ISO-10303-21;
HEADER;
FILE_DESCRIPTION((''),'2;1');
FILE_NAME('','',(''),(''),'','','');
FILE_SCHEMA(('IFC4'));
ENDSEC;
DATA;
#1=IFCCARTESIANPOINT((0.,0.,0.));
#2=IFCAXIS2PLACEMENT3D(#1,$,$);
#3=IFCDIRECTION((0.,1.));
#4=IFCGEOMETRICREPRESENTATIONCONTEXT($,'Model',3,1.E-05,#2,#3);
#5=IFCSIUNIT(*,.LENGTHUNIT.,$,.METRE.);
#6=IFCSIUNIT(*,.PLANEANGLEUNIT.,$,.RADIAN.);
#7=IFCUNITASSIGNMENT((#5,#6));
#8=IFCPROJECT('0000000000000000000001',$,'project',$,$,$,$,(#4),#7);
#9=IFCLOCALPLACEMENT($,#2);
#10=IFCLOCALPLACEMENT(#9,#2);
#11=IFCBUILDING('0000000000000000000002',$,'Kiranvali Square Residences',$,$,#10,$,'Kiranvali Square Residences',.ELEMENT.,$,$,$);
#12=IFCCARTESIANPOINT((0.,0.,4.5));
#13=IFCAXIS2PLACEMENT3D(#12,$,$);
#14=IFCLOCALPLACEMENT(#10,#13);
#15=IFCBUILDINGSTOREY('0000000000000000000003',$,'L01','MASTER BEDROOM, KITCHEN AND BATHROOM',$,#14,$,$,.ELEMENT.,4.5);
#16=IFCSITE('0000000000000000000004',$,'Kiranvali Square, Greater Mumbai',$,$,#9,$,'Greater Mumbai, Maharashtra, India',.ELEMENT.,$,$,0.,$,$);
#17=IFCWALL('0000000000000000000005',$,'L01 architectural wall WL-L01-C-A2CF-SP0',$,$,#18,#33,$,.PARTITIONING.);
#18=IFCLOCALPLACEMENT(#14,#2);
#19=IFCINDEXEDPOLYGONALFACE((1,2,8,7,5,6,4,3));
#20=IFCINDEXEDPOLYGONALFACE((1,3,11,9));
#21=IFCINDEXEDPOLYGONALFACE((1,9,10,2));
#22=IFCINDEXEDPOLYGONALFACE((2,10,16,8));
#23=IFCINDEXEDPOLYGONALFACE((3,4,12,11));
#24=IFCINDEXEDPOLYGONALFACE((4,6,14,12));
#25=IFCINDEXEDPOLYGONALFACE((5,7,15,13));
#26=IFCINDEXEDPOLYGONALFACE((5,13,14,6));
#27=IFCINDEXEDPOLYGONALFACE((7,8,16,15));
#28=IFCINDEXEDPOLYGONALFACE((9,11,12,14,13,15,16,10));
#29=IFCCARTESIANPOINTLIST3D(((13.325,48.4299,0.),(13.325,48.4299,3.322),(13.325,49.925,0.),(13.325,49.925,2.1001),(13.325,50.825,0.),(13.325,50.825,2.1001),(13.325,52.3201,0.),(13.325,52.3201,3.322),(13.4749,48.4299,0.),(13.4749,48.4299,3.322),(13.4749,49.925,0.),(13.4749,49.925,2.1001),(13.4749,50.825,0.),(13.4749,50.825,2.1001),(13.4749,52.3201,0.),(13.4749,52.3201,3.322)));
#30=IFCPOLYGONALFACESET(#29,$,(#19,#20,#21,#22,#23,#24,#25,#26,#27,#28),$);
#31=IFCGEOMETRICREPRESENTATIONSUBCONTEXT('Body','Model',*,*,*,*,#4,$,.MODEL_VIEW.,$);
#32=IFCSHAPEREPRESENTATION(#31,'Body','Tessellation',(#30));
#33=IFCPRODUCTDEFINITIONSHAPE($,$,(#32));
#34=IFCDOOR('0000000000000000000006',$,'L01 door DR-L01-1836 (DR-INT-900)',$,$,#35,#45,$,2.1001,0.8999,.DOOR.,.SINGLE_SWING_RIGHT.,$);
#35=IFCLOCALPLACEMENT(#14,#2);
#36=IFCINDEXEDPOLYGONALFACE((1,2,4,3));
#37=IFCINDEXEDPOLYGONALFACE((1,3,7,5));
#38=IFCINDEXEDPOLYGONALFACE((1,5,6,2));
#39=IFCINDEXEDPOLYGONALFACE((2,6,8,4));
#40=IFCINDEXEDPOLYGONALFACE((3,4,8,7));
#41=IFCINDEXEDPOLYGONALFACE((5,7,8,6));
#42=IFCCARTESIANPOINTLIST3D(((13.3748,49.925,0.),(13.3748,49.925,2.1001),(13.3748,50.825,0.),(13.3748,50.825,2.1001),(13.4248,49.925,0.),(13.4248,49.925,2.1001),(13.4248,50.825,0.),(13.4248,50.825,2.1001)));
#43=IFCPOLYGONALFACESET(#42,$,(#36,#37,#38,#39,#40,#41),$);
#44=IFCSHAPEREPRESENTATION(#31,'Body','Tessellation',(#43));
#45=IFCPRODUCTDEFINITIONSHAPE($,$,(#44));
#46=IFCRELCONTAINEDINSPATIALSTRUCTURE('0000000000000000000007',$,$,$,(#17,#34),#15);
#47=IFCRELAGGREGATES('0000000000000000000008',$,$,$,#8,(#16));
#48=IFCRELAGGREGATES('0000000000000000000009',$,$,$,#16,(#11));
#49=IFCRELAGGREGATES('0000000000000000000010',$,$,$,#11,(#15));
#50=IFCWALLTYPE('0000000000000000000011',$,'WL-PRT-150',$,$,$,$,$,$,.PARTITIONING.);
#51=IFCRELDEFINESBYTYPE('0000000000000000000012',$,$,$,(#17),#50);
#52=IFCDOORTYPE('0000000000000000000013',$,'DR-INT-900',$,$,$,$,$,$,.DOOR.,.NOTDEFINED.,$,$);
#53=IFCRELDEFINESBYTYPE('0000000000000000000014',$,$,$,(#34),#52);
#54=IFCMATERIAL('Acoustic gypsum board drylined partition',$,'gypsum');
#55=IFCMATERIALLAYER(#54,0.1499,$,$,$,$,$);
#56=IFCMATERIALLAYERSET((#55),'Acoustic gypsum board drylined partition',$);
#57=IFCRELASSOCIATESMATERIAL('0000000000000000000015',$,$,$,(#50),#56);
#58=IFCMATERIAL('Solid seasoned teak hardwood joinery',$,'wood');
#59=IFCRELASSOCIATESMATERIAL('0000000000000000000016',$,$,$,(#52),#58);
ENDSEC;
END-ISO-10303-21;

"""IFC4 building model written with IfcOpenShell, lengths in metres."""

from ifc_helpers import new_model, si_unit, direction, frame, frame_2d, origin, place, context, subcontext, project, spatial, rectangle, extrude, material, layer, layer_set, type_object, element, fill, save


model = new_model("IFC4")

# Units and contexts
model_context = context("Model", 3, precision=1e-05, world=origin(), true_north=direction((0.0, 1.0)))
body_context = subcontext(model_context, "Body", "Model", "MODEL_VIEW")
ifc_project = project(units=[si_unit("LENGTHUNIT", "METRE"), si_unit("PLANEANGLEUNIT", "RADIAN")], contexts=[model_context])

# Site, building, storey
site_placement = place(None, origin())
site = spatial("IfcSite", under=ifc_project, at=site_placement, Name="Kiranvali Square, Greater Mumbai", LongName="Greater Mumbai, Maharashtra, India", CompositionType="ELEMENT", RefElevation=0.0)
building_placement = place(site_placement, origin())
building = spatial("IfcBuilding", under=site, at=building_placement, Name="Kiranvali Square Residences", LongName="Kiranvali Square Residences", CompositionType="ELEMENT")
storey_placement = place(building_placement, frame((0.0, 0.0, 4.5)))
storey = spatial("IfcBuildingStorey", under=building, at=storey_placement, Name="L01", Description="MASTER BEDROOM, KITCHEN AND BATHROOM", CompositionType="ELEMENT", Elevation=4.5)

# Wall, opening, door
ifc_material_1 = material(Name="Acoustic gypsum board drylined partition", Category="gypsum")
ifc_layer_1 = layer(ifc_material_1, 0.1499)
ifc_layer_set_1 = layer_set([ifc_layer_1], Name="Acoustic gypsum board drylined partition")
wall_type = type_object("IfcWallType", Name="WL-PRT-150", PredefinedType="PARTITIONING", material=ifc_layer_set_1)
wall_placement = place(storey_placement, frame((13.3999, 48.4299, 0.0), z_axis=(0.0, 0.0, 1.0), x_axis=(0.0, 1.0, 0.0)))
wall = element("IfcWall", 1, at=wall_placement, inside=storey, type_object=wall_type, Name="L01 architectural wall WL-L01-C-A2CF-SP0", PredefinedType="PARTITIONING", context=body_context, shape_type="SweptSolid", body=[
    extrude(rectangle(XDim=3.8901, YDim=0.1499, at=frame_2d((1.9451, 0.0))), origin(), (0.0, 0.0, 1.0), 3.322),
])
opening_placement = place(wall_placement, frame((1.4951, 0.0, 0.0)))
opening = element("IfcOpeningElement", 2, at=opening_placement, cuts=wall, PredefinedType="OPENING", context=body_context, shape_type="SweptSolid", body=[
    extrude(rectangle(XDim=0.8999, YDim=2.1001, at=frame_2d((0.45, 1.05))), frame((0.0, 0.085, 0.0), z_axis=(0.0, -1.0, 0.0), x_axis=(1.0, 0.0, 0.0)), (0.0, 0.0, 1.0), 0.1699),
])
ifc_material_2 = material(Name="Solid seasoned teak hardwood joinery", Category="wood")
door_type = type_object("IfcDoorType", Name="DR-INT-900", OperationType="NOTDEFINED", PredefinedType="DOOR", material=ifc_material_2)
door_placement = place(opening_placement, frame((0.8999, 0.0, 0.0), z_axis=(0.0, 0.0, 1.0), x_axis=(-1.0, 0.0, 0.0)))
door = element("IfcDoor", 3, at=door_placement, inside=storey, type_object=door_type, Name="L01 door DR-L01-1836 (DR-INT-900)", OperationType="SINGLE_SWING_RIGHT", OverallHeight=2.1001, OverallWidth=0.8999, PredefinedType="DOOR", context=body_context, shape_type="SweptSolid", body=[
    extrude(rectangle(XDim=0.8999, YDim=2.1001, at=frame_2d((0.45, 1.05))), frame((0.0, 0.0249, 0.0), z_axis=(0.0, -1.0, 0.0), x_axis=(1.0, 0.0, 0.0)), (0.0, 0.0, 1.0), 0.05),
])
fill(opening, door)

save(model, "model.ifc")
